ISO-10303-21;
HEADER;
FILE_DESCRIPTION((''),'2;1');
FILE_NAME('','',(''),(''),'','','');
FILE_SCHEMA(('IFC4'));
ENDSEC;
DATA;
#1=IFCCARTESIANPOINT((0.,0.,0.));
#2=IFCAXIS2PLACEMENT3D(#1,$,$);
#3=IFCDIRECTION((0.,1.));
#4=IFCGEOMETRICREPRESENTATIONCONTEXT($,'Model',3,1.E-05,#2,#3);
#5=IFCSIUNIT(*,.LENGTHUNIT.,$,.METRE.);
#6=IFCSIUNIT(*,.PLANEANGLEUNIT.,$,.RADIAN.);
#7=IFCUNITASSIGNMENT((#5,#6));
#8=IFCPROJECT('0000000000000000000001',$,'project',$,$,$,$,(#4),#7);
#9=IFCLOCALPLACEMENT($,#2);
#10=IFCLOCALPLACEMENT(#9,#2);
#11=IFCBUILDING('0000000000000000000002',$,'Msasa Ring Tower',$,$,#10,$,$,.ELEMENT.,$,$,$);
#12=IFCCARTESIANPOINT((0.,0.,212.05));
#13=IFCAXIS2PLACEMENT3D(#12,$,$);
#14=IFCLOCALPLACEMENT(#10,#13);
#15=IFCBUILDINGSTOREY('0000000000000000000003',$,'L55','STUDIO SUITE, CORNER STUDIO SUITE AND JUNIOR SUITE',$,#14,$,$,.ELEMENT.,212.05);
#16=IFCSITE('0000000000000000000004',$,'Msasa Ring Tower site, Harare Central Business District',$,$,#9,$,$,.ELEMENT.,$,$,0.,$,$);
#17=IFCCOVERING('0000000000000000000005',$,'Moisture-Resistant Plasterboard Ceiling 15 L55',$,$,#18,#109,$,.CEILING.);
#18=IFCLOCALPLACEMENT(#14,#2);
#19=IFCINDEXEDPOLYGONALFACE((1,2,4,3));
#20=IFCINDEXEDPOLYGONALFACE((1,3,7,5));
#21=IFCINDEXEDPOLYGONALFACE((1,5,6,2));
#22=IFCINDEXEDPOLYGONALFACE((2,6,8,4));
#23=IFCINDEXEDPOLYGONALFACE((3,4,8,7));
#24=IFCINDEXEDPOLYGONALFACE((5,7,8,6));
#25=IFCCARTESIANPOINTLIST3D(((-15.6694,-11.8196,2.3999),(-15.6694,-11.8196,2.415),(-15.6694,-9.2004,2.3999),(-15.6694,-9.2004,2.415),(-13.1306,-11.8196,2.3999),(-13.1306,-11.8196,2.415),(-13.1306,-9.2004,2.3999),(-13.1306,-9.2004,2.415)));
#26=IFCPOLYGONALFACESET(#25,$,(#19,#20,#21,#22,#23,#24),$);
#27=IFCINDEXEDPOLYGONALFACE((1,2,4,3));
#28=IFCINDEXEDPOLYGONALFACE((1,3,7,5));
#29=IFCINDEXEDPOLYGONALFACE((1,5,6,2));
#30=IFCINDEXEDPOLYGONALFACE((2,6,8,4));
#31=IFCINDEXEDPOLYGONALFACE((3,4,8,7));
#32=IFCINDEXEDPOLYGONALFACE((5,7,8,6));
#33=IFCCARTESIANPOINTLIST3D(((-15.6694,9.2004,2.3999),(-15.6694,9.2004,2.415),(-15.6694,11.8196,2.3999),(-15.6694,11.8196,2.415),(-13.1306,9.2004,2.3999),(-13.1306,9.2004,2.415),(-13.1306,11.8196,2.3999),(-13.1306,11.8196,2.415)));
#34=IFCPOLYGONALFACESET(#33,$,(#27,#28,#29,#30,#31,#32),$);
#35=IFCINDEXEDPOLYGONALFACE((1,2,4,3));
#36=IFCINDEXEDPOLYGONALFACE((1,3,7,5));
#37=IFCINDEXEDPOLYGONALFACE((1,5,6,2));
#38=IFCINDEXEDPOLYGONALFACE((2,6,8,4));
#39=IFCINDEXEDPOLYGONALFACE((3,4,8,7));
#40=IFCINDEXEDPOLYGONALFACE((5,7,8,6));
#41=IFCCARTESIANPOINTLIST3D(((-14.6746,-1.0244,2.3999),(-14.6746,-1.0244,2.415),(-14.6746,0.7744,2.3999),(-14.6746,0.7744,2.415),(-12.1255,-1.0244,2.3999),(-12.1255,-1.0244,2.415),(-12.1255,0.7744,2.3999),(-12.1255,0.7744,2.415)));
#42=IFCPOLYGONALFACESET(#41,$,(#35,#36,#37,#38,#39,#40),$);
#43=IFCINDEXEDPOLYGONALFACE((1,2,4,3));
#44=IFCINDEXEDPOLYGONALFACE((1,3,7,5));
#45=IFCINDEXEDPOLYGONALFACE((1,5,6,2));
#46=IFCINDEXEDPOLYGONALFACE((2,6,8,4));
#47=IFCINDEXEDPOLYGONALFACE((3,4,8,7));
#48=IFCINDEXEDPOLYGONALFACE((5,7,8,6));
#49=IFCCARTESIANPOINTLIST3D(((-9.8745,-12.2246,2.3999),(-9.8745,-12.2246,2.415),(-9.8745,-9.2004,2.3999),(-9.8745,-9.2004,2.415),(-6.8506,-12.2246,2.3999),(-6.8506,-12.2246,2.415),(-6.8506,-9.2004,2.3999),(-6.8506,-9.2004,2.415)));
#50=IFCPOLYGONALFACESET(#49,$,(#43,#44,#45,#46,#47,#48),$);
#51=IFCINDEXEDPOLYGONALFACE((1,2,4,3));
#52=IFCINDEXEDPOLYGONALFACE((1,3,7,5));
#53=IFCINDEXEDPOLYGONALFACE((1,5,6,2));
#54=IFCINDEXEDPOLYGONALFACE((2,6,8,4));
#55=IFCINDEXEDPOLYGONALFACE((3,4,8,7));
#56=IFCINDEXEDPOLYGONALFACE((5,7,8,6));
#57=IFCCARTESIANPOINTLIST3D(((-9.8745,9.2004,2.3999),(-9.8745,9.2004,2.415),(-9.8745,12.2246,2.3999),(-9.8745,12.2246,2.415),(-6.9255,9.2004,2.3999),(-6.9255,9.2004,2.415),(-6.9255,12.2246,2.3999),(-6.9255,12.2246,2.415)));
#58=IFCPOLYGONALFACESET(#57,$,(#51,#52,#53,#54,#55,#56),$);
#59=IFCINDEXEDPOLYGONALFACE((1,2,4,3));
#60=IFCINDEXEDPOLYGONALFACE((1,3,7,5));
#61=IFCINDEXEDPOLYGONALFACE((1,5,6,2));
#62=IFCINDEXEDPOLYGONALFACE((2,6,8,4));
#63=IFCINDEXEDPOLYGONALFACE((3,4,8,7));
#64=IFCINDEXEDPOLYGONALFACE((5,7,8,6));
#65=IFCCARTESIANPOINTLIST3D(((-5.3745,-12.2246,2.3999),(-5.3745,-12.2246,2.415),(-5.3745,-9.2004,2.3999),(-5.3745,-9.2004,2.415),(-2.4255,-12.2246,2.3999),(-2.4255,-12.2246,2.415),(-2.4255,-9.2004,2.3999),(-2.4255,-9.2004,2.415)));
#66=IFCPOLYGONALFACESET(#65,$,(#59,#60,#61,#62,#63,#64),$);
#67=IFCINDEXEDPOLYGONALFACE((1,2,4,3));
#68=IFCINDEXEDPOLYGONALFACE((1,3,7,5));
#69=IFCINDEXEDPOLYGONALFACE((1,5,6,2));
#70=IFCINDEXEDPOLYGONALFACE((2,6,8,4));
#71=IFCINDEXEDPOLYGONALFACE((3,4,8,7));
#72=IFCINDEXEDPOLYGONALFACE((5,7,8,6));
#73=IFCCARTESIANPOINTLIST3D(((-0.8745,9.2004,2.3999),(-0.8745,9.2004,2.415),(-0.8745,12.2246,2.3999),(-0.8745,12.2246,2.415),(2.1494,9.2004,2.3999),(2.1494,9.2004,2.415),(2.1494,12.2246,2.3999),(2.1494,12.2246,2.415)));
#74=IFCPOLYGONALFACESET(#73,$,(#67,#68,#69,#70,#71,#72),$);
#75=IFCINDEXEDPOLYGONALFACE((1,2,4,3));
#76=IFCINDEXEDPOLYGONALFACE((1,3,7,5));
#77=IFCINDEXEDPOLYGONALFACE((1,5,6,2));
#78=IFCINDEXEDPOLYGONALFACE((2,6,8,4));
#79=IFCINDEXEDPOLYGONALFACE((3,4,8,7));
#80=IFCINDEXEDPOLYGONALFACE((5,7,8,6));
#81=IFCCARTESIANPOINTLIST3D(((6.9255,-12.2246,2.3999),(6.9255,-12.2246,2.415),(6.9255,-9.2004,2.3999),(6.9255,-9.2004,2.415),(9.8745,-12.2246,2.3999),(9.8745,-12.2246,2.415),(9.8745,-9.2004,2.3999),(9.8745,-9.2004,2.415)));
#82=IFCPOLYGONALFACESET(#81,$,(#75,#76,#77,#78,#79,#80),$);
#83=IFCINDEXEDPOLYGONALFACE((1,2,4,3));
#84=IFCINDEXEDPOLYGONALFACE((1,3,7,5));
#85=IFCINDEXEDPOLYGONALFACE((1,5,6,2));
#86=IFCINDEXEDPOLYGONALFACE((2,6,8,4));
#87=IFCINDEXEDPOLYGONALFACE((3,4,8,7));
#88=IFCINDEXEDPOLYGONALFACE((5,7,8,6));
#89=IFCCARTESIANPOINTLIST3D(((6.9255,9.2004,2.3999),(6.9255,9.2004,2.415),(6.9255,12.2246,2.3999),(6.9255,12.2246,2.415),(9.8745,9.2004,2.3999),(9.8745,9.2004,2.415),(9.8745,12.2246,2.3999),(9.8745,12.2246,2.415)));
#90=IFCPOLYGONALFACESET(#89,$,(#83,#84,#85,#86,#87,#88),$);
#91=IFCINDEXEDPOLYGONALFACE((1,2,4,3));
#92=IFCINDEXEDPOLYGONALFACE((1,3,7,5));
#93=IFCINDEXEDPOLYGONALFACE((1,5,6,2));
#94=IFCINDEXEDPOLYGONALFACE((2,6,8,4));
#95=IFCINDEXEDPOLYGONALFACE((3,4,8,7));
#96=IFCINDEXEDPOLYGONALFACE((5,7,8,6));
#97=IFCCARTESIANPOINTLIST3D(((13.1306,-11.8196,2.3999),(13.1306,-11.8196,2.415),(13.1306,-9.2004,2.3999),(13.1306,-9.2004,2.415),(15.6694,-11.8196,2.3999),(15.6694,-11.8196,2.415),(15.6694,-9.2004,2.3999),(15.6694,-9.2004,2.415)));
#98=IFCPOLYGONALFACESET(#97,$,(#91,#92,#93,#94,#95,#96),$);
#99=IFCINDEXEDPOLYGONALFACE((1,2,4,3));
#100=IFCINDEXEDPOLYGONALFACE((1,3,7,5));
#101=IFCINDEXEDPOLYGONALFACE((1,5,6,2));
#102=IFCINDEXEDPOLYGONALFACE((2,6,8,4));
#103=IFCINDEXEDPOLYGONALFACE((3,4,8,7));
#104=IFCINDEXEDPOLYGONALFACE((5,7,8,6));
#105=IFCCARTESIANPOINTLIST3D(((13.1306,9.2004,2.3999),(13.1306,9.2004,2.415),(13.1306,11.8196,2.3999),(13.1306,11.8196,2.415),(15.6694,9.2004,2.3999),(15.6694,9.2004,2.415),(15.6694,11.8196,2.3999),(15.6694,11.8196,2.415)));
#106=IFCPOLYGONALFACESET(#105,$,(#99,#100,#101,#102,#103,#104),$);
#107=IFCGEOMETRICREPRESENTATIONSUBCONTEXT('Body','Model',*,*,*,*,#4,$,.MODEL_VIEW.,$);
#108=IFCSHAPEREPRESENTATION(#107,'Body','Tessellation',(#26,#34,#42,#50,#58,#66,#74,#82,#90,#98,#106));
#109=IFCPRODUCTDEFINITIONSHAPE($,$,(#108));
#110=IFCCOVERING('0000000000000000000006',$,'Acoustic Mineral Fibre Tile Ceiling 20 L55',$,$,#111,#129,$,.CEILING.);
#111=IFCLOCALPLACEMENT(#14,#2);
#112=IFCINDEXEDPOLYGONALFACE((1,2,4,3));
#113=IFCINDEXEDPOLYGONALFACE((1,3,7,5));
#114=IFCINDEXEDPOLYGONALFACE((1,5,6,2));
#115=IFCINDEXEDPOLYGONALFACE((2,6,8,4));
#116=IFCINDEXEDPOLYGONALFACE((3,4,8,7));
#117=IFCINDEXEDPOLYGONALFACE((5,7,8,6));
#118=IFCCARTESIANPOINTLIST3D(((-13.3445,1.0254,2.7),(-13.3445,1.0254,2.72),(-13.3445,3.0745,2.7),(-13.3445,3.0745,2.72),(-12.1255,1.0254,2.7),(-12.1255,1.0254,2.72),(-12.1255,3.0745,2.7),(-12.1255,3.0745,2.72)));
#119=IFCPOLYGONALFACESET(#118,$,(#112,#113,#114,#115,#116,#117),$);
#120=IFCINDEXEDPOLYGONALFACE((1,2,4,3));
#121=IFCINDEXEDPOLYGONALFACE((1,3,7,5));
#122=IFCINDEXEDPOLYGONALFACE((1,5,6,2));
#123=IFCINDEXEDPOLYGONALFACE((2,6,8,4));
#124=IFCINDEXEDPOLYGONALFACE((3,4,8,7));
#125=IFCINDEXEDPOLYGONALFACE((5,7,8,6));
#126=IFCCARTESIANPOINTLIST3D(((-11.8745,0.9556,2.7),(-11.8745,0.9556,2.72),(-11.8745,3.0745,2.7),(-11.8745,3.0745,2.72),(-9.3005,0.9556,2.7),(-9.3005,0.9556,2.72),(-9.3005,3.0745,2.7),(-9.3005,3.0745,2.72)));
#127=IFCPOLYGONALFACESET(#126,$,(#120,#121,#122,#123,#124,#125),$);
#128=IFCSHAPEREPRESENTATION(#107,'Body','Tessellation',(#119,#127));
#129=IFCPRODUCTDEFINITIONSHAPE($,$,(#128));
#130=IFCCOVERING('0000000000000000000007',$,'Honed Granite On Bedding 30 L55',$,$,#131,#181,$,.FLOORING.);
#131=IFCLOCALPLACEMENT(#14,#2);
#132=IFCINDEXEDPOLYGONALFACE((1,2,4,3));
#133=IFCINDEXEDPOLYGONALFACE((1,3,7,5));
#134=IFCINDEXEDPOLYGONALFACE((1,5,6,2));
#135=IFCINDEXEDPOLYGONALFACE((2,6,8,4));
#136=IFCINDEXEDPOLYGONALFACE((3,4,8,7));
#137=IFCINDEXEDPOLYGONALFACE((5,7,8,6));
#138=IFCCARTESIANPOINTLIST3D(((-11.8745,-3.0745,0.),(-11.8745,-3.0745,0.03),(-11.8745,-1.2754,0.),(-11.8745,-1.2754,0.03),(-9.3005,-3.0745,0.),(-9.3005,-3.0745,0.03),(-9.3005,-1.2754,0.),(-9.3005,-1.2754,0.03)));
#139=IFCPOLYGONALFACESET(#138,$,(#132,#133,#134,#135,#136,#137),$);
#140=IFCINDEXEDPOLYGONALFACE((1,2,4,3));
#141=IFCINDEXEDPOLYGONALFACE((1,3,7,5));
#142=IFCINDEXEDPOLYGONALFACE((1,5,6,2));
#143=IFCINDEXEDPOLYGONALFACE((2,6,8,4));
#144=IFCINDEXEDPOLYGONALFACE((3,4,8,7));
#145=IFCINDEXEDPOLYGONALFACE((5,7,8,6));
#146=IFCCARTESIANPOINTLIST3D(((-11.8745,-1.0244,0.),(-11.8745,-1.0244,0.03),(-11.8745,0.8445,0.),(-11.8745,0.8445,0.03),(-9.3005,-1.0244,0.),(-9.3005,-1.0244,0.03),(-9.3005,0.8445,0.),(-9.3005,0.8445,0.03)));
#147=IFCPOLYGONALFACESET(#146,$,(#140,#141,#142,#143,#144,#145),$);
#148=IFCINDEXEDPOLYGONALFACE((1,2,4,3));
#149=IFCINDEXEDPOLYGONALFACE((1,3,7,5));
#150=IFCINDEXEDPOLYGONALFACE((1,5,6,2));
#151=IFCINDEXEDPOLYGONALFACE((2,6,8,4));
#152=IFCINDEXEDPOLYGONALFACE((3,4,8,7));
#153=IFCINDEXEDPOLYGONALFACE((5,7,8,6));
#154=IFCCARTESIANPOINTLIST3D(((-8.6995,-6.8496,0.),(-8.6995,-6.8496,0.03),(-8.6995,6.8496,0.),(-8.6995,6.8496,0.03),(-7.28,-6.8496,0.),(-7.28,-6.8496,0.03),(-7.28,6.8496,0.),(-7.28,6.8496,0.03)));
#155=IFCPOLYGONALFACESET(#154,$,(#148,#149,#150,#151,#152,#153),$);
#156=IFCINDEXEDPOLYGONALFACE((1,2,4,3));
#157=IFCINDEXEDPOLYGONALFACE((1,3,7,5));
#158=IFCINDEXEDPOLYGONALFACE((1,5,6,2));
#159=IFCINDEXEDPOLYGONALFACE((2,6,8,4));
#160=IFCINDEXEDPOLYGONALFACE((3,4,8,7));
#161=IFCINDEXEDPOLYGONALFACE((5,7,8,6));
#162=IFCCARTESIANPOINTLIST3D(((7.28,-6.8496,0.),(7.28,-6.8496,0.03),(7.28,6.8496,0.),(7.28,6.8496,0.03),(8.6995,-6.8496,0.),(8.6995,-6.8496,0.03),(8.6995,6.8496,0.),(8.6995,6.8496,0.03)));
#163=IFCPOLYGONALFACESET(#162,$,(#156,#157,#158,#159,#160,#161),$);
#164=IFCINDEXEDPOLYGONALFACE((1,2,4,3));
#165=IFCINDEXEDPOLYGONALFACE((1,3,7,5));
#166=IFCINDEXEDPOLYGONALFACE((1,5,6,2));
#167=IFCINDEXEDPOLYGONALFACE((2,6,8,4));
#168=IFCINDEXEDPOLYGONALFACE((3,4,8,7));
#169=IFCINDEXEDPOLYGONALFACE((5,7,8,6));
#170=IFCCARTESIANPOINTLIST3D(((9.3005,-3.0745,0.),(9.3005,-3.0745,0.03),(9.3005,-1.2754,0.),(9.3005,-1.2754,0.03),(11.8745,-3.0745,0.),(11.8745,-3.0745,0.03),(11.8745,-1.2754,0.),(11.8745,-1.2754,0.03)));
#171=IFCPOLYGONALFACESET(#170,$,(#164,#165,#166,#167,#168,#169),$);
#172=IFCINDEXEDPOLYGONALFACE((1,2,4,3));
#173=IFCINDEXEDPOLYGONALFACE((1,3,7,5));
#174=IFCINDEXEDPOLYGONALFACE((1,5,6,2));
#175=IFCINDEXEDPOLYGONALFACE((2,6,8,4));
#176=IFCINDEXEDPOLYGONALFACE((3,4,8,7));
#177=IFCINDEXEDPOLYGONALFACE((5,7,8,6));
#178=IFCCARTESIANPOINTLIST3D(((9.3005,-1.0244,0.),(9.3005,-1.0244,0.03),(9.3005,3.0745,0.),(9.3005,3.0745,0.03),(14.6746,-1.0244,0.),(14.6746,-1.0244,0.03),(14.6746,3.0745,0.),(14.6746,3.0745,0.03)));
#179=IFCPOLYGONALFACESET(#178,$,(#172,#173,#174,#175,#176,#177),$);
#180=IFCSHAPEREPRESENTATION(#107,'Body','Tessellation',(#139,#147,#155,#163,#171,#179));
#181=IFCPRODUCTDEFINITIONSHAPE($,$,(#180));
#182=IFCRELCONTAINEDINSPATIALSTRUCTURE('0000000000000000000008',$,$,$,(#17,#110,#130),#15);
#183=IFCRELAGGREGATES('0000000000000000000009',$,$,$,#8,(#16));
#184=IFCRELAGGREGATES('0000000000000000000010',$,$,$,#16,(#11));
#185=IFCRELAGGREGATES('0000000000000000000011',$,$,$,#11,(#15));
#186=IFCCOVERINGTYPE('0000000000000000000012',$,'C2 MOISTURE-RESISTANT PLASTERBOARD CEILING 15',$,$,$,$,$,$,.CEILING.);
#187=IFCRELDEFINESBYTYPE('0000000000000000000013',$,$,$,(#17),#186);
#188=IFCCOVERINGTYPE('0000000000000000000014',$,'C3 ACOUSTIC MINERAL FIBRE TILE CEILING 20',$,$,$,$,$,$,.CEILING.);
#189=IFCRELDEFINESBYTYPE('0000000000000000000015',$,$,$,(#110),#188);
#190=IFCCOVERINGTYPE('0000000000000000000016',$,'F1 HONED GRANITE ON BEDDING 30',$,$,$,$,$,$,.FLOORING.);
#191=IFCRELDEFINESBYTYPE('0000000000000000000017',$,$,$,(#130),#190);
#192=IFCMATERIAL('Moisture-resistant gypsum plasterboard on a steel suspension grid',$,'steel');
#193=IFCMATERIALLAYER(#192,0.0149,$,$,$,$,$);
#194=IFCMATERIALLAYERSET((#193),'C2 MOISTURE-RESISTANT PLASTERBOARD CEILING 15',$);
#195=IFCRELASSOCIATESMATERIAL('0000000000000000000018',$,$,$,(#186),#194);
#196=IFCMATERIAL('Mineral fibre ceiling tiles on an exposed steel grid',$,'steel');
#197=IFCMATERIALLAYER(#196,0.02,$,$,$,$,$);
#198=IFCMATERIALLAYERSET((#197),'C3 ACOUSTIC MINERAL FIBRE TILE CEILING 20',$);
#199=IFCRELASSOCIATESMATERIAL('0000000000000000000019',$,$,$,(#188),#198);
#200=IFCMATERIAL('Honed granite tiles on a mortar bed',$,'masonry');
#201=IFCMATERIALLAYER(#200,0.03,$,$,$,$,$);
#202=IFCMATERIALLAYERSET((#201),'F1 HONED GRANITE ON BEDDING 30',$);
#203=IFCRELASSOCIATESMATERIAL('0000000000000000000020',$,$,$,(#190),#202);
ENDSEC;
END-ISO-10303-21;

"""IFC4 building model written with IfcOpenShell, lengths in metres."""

from ifc_helpers import new_model, si_unit, direction, frame, origin, place, context, subcontext, project, spatial, line, indexed_curve, outline, extrude, material, layer, layer_set, type_object, element, save


model = new_model("IFC4")

# Units and contexts
model_context = context("Model", 3, precision=1e-05, world=origin(), true_north=direction((0.0, 1.0)))
body_context = subcontext(model_context, "Body", "Model", "MODEL_VIEW")
ifc_project = project(units=[si_unit("LENGTHUNIT", "METRE"), si_unit("PLANEANGLEUNIT", "RADIAN")], contexts=[model_context])

# Site, building, storey
site_placement = place(None, origin())
site = spatial("IfcSite", under=ifc_project, at=site_placement, Name="Msasa Ring Tower site, Harare Central Business District", CompositionType="ELEMENT", RefElevation=0.0)
building_placement = place(site_placement, origin())
building = spatial("IfcBuilding", under=site, at=building_placement, Name="Msasa Ring Tower", CompositionType="ELEMENT")
storey_placement = place(building_placement, frame((0.0, 0.0, 212.05)))
storey = spatial("IfcBuildingStorey", under=building, at=storey_placement, Name="L55", Description="STUDIO SUITE, CORNER STUDIO SUITE AND JUNIOR SUITE", CompositionType="ELEMENT", Elevation=212.05)

# Coverings
ifc_material_1 = material(Name="Moisture-resistant gypsum plasterboard on a steel suspension grid", Category="steel")
ifc_layer_1 = layer(ifc_material_1, 0.0149)
ifc_layer_set_1 = layer_set([ifc_layer_1], Name="C2 MOISTURE-RESISTANT PLASTERBOARD CEILING 15")
covering_type_1 = type_object("IfcCoveringType", Name="C2 MOISTURE-RESISTANT PLASTERBOARD CEILING 15", PredefinedType="CEILING", material=ifc_layer_set_1)
covering_1_placement = place(storey_placement, frame((0.0, 0.0, 2.3999)))
element("IfcCovering", 1, at=covering_1_placement, inside=storey, type_object=covering_type_1, Name="Moisture-Resistant Plasterboard Ceiling 15 L55", PredefinedType="CEILING", context=body_context, shape_type="SweptSolid", body=[
    extrude(outline(indexed_curve([(-15.6694, -11.8196), (-15.6694, -9.2004), (-13.1306, -9.2004), (-13.1306, -11.8196)], segments=[line(1, 2, 3, 4, 1)], self_intersect=False)), origin(), (0.0, 0.0, 1.0), 0.0151),
    extrude(outline(indexed_curve([(-15.6694, 11.8196), (-13.1306, 11.8196), (-13.1306, 9.2004), (-15.6694, 9.2004)], segments=[line(1, 2, 3, 4, 1)], self_intersect=False)), origin(), (0.0, 0.0, 1.0), 0.0151),
    extrude(outline(indexed_curve([(-14.6746, 0.7744), (-12.1255, 0.7744), (-12.1255, -1.0244), (-14.6746, -1.0244)], segments=[line(1, 2, 3, 4, 1)], self_intersect=False)), origin(), (0.0, 0.0, 1.0), 0.0151),
    extrude(outline(indexed_curve([(-6.8506, -9.2004), (-6.8506, -12.2246), (-9.8745, -12.2246), (-9.8745, -9.2004)], segments=[line(1, 2, 3, 4, 1)], self_intersect=False)), origin(), (0.0, 0.0, 1.0), 0.0151),
    extrude(outline(indexed_curve([(-9.8745, 9.2004), (-9.8745, 12.2246), (-6.9255, 12.2246), (-6.9255, 9.2004)], segments=[line(1, 2, 3, 4, 1)], self_intersect=False)), origin(), (0.0, 0.0, 1.0), 0.0151),
    extrude(outline(indexed_curve([(-2.4255, -9.2004), (-2.4255, -12.2246), (-5.3745, -12.2246), (-5.3745, -9.2004)], segments=[line(1, 2, 3, 4, 1)], self_intersect=False)), origin(), (0.0, 0.0, 1.0), 0.0151),
    extrude(outline(indexed_curve([(2.1494, 9.2004), (-0.8745, 9.2004), (-0.8745, 12.2246), (2.1494, 12.2246)], segments=[line(1, 2, 3, 4, 1)], self_intersect=False)), origin(), (0.0, 0.0, 1.0), 0.0151),
    extrude(outline(indexed_curve([(9.8745, -9.2004), (9.8745, -12.2246), (6.9255, -12.2246), (6.9255, -9.2004)], segments=[line(1, 2, 3, 4, 1)], self_intersect=False)), origin(), (0.0, 0.0, 1.0), 0.0151),
    extrude(outline(indexed_curve([(6.9255, 9.2004), (6.9255, 12.2246), (9.8745, 12.2246), (9.8745, 9.2004)], segments=[line(1, 2, 3, 4, 1)], self_intersect=False)), origin(), (0.0, 0.0, 1.0), 0.0151),
    extrude(outline(indexed_curve([(13.1306, -9.2004), (15.6694, -9.2004), (15.6694, -11.8196), (13.1306, -11.8196)], segments=[line(1, 2, 3, 4, 1)], self_intersect=False)), origin(), (0.0, 0.0, 1.0), 0.0151),
    extrude(outline(indexed_curve([(13.1306, 9.2004), (13.1306, 11.8196), (15.6694, 11.8196), (15.6694, 9.2004)], segments=[line(1, 2, 3, 4, 1)], self_intersect=False)), origin(), (0.0, 0.0, 1.0), 0.0151),
])
ifc_material_2 = material(Name="Mineral fibre ceiling tiles on an exposed steel grid", Category="steel")
ifc_layer_2 = layer(ifc_material_2, 0.02)
ifc_layer_set_2 = layer_set([ifc_layer_2], Name="C3 ACOUSTIC MINERAL FIBRE TILE CEILING 20")
covering_type_2 = type_object("IfcCoveringType", Name="C3 ACOUSTIC MINERAL FIBRE TILE CEILING 20", PredefinedType="CEILING", material=ifc_layer_set_2)
covering_2_placement = place(storey_placement, frame((0.0, 0.0, 2.7)))
element("IfcCovering", 2, at=covering_2_placement, inside=storey, type_object=covering_type_2, Name="Acoustic Mineral Fibre Tile Ceiling 20 L55", PredefinedType="CEILING", context=body_context, shape_type="SweptSolid", body=[
    extrude(outline(indexed_curve([(-12.1255, 3.0745), (-12.1255, 1.0254), (-13.3445, 1.0254), (-13.3445, 3.0745)], segments=[line(1, 2, 3, 4, 1)], self_intersect=False)), origin(), (0.0, 0.0, 1.0), 0.02),
    extrude(outline(indexed_curve([(-9.3005, 3.0745), (-9.3005, 0.9556), (-11.8745, 0.9556), (-11.8745, 3.0745)], segments=[line(1, 2, 3, 4, 1)], self_intersect=False)), origin(), (0.0, 0.0, 1.0), 0.02),
])
ifc_material_3 = material(Name="Honed granite tiles on a mortar bed", Category="masonry")
ifc_layer_3 = layer(ifc_material_3, 0.03)
ifc_layer_set_3 = layer_set([ifc_layer_3], Name="F1 HONED GRANITE ON BEDDING 30")
covering_type_3 = type_object("IfcCoveringType", Name="F1 HONED GRANITE ON BEDDING 30", PredefinedType="FLOORING", material=ifc_layer_set_3)
covering_3_placement = place(storey_placement, origin())
element("IfcCovering", 3, at=covering_3_placement, inside=storey, type_object=covering_type_3, Name="Honed Granite On Bedding 30 L55", PredefinedType="FLOORING", context=body_context, shape_type="SweptSolid", body=[
    extrude(outline(indexed_curve([(-11.8745, -3.0745), (-11.8745, -1.2754), (-9.3005, -1.2754), (-9.3005, -3.0745)], segments=[line(1, 2, 3, 4, 1)], self_intersect=False)), origin(), (0.0, 0.0, 1.0), 0.03),
    extrude(outline(indexed_curve([(-11.8745, 0.8445), (-9.3005, 0.8445), (-9.3005, -1.0244), (-11.8745, -1.0244)], segments=[line(1, 2, 3, 4, 1)], self_intersect=False)), origin(), (0.0, 0.0, 1.0), 0.03),
    extrude(outline(indexed_curve([(-8.6995, -6.8496), (-8.6995, 6.8496), (-7.28, 6.8496), (-7.28, -6.8496)], segments=[line(1, 2, 3, 4, 1)], self_intersect=False)), origin(), (0.0, 0.0, 1.0), 0.03),
    extrude(outline(indexed_curve([(8.6995, 6.8496), (8.6995, -6.8496), (7.28, -6.8496), (7.28, 6.8496)], segments=[line(1, 2, 3, 4, 1)], self_intersect=False)), origin(), (0.0, 0.0, 1.0), 0.03),
    extrude(outline(indexed_curve([(9.3005, -1.2754), (11.8745, -1.2754), (11.8745, -3.0745), (9.3005, -3.0745)], segments=[line(1, 2, 3, 4, 1)], self_intersect=False)), origin(), (0.0, 0.0, 1.0), 0.03),
    extrude(outline(indexed_curve([(9.3005, 3.0745), (14.6746, 3.0745), (14.6746, -1.0244), (9.3005, -1.0244)], segments=[line(1, 2, 3, 4, 1)], self_intersect=False)), origin(), (0.0, 0.0, 1.0), 0.03),
])

save(model, "model.ifc")
